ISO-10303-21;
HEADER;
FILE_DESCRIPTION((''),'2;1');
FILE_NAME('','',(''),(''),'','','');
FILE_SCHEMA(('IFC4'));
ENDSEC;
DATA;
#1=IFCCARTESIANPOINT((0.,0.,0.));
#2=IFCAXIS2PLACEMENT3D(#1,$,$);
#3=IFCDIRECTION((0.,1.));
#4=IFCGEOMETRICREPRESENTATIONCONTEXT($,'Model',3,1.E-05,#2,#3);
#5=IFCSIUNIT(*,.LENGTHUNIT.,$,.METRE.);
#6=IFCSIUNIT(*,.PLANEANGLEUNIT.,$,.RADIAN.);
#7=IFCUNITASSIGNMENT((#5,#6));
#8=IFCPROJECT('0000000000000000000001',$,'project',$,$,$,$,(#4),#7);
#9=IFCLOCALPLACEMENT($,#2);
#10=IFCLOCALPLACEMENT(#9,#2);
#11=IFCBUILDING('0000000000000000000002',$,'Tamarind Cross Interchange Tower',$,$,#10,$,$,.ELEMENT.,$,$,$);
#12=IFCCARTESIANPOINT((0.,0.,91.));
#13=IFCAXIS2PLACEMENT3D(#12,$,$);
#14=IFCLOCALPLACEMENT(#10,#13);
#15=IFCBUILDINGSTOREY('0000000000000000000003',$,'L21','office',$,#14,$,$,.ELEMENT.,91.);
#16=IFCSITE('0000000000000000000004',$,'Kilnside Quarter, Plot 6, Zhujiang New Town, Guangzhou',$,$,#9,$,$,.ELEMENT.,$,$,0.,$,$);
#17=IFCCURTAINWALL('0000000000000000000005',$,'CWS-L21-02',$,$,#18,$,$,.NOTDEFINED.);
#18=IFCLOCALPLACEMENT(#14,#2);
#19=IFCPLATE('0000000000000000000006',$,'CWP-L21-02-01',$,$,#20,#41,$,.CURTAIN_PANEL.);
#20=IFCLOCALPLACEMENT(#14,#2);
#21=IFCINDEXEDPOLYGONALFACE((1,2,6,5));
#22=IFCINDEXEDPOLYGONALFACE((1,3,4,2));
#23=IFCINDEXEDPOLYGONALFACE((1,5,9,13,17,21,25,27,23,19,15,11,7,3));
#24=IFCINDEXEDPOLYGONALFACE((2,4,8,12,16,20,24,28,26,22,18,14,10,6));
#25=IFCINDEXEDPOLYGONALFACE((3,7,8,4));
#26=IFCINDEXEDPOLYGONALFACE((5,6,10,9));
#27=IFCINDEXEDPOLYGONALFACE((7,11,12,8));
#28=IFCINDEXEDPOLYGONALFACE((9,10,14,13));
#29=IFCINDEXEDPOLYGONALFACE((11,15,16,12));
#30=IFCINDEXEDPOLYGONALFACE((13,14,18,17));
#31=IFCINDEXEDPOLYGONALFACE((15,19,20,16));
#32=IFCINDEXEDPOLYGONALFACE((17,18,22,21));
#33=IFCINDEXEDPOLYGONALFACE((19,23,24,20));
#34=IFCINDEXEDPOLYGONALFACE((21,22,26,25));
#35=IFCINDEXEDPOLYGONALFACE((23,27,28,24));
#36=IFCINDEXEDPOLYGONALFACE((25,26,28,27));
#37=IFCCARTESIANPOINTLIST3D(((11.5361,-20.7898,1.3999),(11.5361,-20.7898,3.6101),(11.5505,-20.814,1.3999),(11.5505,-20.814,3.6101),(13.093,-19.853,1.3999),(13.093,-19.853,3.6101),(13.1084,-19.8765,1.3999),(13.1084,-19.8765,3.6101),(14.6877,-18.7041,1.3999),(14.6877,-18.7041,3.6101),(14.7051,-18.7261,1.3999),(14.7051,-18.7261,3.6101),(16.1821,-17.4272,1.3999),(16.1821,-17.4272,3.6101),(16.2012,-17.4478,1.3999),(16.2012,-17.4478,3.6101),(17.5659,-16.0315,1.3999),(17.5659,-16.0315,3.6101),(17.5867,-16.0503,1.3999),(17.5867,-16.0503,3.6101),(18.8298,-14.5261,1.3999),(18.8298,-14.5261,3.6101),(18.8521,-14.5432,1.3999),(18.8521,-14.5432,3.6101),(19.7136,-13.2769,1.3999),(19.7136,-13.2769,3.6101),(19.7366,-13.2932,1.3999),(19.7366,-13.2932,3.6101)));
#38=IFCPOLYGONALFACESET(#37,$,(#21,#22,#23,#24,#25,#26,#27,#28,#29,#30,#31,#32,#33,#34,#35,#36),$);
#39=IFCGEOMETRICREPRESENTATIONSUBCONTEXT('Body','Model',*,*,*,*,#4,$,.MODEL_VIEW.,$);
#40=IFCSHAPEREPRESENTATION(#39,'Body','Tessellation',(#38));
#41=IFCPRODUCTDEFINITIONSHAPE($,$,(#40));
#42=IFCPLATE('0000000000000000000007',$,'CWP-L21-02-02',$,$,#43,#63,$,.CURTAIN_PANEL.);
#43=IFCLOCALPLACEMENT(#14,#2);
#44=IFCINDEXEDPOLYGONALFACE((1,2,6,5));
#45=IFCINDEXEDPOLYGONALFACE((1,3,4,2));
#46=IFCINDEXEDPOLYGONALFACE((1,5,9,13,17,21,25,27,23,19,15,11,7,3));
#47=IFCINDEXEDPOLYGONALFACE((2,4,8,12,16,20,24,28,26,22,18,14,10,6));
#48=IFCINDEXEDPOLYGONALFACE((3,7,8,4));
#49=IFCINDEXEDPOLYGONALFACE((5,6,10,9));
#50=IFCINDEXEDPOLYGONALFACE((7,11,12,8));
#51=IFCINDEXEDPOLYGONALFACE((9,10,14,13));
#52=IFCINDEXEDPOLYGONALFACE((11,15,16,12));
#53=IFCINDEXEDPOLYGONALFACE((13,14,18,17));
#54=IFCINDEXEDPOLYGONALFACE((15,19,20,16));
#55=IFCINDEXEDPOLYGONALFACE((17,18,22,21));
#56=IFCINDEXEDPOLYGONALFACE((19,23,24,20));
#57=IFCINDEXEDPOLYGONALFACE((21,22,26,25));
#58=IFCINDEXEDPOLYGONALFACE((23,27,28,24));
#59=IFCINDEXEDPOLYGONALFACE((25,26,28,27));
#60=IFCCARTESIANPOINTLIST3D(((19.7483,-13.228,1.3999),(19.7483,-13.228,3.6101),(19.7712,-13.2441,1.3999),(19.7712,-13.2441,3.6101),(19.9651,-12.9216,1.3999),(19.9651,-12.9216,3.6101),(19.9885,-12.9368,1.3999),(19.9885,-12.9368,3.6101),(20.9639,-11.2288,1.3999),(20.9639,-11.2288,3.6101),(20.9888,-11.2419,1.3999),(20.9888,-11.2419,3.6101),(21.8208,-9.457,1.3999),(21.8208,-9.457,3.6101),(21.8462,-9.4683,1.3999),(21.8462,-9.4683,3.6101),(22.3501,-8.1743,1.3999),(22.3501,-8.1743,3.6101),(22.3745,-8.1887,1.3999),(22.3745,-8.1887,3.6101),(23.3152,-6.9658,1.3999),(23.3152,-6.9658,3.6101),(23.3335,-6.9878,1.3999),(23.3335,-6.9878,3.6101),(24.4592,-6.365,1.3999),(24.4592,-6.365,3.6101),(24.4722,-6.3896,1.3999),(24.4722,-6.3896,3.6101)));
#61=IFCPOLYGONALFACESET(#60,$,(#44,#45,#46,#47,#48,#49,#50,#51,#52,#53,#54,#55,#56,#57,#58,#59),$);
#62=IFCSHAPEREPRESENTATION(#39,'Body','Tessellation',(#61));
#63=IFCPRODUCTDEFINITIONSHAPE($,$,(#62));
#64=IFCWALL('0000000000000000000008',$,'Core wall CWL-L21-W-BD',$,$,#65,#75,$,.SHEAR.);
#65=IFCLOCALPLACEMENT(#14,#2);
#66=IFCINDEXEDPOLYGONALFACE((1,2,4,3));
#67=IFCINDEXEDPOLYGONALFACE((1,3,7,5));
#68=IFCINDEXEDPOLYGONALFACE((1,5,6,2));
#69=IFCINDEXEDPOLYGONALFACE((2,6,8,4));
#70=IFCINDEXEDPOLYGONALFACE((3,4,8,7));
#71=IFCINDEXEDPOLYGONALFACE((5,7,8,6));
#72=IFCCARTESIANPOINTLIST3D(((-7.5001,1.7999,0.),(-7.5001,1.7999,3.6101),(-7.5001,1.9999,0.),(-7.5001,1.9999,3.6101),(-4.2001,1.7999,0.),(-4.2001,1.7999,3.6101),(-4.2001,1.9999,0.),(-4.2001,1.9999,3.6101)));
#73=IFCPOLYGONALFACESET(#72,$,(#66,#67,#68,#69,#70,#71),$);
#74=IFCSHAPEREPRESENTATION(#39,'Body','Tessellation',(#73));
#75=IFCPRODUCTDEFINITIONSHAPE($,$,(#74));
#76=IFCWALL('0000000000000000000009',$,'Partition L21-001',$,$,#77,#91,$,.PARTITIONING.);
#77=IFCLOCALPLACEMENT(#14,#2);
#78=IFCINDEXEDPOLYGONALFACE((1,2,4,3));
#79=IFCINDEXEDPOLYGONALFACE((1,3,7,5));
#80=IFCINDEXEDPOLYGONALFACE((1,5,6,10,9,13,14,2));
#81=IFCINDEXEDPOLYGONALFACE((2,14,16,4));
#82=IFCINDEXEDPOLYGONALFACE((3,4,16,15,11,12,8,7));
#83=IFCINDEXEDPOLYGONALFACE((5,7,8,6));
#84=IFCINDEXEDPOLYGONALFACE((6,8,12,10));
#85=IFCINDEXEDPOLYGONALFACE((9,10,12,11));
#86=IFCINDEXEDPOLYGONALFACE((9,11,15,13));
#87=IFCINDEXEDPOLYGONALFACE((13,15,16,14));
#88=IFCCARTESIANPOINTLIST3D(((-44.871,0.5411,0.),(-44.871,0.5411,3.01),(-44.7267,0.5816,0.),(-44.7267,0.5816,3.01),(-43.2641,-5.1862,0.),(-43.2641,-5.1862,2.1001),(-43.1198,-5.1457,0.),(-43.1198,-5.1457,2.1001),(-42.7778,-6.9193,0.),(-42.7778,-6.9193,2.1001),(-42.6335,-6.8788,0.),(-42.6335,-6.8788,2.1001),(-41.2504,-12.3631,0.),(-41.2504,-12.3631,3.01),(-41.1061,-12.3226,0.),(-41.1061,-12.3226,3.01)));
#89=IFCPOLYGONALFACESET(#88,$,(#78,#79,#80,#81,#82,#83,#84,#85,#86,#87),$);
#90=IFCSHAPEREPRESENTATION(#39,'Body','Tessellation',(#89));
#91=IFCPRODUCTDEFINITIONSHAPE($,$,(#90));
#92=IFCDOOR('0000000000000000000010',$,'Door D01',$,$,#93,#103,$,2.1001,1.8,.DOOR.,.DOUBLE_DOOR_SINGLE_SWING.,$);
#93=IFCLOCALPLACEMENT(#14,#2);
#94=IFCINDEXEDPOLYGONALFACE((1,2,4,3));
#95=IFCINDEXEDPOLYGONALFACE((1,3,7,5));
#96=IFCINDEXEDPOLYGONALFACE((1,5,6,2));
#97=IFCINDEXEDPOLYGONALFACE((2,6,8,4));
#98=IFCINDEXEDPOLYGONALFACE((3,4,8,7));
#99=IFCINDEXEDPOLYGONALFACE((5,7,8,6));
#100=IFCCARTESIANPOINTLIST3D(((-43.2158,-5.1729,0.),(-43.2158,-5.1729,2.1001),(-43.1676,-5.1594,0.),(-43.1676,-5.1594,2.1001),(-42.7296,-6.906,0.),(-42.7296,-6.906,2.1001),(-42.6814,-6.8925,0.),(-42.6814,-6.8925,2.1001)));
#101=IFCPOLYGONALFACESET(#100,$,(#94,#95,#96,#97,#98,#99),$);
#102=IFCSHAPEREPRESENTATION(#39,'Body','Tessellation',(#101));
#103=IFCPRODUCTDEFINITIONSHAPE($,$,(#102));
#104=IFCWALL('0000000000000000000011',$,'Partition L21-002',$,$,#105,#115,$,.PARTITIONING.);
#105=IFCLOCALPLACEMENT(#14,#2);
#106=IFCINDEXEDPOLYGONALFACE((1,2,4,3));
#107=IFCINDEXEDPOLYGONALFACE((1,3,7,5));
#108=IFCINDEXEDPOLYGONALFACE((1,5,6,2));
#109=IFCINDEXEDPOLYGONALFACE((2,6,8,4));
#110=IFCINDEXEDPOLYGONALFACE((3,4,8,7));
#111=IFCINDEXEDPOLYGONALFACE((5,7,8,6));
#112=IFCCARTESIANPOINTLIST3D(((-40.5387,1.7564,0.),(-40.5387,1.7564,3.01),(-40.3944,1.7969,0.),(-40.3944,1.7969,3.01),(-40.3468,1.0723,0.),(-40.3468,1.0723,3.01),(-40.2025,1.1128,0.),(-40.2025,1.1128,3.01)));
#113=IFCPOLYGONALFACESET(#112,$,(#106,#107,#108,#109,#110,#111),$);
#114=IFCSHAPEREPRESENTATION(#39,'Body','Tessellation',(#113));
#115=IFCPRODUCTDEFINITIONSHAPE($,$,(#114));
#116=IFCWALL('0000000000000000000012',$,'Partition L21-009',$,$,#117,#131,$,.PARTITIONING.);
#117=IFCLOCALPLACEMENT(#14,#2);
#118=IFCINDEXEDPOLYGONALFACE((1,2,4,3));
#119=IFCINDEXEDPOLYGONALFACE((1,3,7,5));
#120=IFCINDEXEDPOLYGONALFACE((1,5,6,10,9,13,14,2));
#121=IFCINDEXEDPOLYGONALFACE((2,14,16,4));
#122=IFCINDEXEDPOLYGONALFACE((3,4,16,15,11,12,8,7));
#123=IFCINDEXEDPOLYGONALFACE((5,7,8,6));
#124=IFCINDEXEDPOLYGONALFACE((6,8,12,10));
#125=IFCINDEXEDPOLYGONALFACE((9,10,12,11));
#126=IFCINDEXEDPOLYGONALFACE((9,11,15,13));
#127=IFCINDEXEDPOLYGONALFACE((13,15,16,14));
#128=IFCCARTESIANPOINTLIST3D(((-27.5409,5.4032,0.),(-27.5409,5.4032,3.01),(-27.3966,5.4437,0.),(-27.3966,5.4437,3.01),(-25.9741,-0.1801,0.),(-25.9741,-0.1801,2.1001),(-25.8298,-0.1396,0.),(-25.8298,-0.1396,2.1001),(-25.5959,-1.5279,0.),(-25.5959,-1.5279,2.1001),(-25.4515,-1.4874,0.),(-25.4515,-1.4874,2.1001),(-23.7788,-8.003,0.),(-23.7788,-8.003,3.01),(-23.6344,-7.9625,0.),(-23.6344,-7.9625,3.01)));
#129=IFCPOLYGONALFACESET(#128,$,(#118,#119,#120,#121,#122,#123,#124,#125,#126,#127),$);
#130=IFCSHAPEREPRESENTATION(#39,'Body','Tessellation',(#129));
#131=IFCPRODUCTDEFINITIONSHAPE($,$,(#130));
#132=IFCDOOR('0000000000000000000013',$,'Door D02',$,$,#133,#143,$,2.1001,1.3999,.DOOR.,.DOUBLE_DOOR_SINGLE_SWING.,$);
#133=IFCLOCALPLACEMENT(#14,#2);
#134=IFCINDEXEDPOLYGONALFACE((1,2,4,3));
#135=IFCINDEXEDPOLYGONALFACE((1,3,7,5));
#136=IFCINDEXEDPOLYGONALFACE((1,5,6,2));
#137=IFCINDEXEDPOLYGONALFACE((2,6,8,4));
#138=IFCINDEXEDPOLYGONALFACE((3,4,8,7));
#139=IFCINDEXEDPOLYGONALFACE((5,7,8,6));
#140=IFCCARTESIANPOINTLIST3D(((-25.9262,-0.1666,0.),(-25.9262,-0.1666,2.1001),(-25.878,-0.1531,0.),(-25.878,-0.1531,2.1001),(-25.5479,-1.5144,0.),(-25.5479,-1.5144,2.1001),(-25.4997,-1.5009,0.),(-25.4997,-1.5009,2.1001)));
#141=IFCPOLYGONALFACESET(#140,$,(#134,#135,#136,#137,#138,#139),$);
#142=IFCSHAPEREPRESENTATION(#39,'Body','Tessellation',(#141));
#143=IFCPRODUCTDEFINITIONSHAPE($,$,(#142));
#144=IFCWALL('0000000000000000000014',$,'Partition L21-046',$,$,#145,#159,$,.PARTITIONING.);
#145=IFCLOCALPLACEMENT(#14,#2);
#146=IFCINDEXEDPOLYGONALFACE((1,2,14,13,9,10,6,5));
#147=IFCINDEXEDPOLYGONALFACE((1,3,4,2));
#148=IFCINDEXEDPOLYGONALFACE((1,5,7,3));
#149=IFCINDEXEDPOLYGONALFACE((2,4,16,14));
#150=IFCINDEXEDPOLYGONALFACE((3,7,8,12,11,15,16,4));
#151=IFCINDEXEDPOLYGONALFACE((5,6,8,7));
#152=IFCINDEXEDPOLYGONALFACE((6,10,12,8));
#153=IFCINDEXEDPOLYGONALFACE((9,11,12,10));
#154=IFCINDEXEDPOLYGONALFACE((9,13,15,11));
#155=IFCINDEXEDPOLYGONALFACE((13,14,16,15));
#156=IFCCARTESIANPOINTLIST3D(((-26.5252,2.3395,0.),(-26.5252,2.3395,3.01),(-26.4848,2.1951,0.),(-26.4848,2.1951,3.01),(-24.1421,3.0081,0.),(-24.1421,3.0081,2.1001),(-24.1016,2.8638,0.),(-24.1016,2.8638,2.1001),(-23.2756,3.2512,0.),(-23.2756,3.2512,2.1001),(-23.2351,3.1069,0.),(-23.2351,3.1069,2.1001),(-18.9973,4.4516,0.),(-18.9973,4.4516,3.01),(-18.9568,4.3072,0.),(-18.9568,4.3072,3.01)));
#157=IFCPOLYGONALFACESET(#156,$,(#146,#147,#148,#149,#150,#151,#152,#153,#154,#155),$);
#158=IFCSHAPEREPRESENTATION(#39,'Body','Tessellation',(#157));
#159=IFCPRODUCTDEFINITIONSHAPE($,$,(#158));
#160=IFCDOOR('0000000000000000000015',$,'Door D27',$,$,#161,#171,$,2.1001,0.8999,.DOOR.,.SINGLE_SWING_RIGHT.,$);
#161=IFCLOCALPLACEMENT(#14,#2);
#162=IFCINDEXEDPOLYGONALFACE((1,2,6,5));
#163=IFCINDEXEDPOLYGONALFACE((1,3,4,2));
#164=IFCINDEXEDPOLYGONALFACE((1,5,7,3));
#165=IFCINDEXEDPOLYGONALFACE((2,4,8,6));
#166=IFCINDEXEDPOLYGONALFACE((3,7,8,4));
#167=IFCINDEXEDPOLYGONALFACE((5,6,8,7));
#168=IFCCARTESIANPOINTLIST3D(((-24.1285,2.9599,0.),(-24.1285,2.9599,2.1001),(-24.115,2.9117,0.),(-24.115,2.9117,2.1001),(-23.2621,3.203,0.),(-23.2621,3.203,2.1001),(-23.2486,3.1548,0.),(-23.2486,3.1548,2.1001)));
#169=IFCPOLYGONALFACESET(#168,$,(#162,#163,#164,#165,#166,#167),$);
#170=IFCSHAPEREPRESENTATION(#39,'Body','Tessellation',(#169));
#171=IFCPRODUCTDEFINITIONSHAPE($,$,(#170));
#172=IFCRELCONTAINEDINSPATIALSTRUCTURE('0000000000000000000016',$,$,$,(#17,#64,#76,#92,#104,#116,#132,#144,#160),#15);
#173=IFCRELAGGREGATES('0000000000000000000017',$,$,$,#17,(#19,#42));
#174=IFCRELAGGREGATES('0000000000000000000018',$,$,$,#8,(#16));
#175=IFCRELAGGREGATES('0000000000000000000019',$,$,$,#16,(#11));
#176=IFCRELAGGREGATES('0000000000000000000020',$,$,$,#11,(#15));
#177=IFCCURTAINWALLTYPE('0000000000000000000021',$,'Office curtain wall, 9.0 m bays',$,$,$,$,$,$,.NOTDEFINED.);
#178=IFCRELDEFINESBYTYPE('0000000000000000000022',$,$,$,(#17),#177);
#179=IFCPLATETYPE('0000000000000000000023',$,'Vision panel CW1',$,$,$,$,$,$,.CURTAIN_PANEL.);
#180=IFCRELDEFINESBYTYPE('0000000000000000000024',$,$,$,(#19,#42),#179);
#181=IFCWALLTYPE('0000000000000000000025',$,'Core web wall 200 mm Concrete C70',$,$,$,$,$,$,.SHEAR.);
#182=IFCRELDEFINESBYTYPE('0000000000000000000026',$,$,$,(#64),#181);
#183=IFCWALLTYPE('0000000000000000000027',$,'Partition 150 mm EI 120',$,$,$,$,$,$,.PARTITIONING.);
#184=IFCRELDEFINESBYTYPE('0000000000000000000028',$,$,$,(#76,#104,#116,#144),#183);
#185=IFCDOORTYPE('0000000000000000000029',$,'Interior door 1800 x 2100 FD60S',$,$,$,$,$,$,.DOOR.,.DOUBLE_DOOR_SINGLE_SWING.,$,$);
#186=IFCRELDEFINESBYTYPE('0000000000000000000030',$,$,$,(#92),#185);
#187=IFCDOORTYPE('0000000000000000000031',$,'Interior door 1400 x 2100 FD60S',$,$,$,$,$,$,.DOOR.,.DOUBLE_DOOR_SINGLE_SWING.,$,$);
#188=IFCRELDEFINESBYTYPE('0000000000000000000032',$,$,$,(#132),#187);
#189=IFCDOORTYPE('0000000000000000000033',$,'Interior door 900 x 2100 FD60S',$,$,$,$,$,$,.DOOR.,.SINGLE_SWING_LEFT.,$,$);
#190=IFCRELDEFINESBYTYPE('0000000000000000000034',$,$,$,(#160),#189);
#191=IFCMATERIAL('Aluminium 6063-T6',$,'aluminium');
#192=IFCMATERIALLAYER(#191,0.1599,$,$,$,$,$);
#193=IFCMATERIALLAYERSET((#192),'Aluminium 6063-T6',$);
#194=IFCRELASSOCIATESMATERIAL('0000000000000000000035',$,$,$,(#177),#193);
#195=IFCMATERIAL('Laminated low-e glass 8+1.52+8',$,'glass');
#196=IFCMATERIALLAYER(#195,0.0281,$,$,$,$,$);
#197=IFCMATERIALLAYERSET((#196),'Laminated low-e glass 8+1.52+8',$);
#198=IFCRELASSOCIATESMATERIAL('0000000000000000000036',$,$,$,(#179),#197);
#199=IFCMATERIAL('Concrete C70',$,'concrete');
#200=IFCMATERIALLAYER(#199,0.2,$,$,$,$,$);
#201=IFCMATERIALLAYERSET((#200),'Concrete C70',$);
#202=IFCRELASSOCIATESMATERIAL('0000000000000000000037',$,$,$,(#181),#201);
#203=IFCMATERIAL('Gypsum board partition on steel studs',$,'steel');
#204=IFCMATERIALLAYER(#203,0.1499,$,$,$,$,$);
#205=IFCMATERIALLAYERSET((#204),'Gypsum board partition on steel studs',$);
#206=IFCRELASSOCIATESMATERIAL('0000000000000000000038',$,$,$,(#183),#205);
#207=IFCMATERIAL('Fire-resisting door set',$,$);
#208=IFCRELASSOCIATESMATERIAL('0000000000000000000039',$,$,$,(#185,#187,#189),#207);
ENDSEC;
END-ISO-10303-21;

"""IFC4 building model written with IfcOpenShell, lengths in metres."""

from ifc_helpers import new_model, si_unit, direction, frame, frame_2d, origin, place, context, subcontext, project, spatial, polyline, rectangle, outline, extrude, material, layer, layer_set, type_object, element, fill, aggregate, save


model = new_model("IFC4")

# Units and contexts
model_context = context("Model", 3, precision=1e-05, world=origin(), true_north=direction((0.0, 1.0)))
body_context = subcontext(model_context, "Body", "Model", "MODEL_VIEW")
ifc_project = project(units=[si_unit("LENGTHUNIT", "METRE"), si_unit("PLANEANGLEUNIT", "RADIAN")], contexts=[model_context])

# Site, building, storey
site_placement = place(None, origin())
site = spatial("IfcSite", under=ifc_project, at=site_placement, Name="Kilnside Quarter, Plot 6, Zhujiang New Town, Guangzhou", CompositionType="ELEMENT", RefElevation=0.0)
building_placement = place(site_placement, origin())
building = spatial("IfcBuilding", under=site, at=building_placement, Name="Tamarind Cross Interchange Tower", CompositionType="ELEMENT")
storey_placement = place(building_placement, frame((0.0, 0.0, 91.0)))
storey = spatial("IfcBuildingStorey", under=building, at=storey_placement, Name="L21", Description="office", CompositionType="ELEMENT", Elevation=91.0)

# Shared definitions
ifc_material_1 = material(Name="Aluminium 6063-T6", Category="aluminium")
ifc_layer_1 = layer(ifc_material_1, 0.1599)
ifc_layer_set_1 = layer_set([ifc_layer_1], Name="Aluminium 6063-T6")
curtain_wall_type = type_object("IfcCurtainWallType", Name="Office curtain wall, 9.0 m bays", PredefinedType="NOTDEFINED", material=ifc_layer_set_1)

# Curtain wall, plates
curtain_wall_1_placement = place(storey_placement, origin())
curtain_wall_1 = element("IfcCurtainWall", 1, at=curtain_wall_1_placement, inside=storey, type_object=curtain_wall_type, Name="CWS-L21-02", PredefinedType="NOTDEFINED")
ifc_material_2 = material(Name="Laminated low-e glass 8+1.52+8", Category="glass")
ifc_layer_2 = layer(ifc_material_2, 0.0281)
ifc_layer_set_2 = layer_set([ifc_layer_2], Name="Laminated low-e glass 8+1.52+8")
plate_type = type_object("IfcPlateType", Name="Vision panel CW1", PredefinedType="CURTAIN_PANEL", material=ifc_layer_set_2)
plate_1_placement = place(storey_placement, frame((0.0, 0.0, 1.3999)))
plate_1 = element("IfcPlate", 2, at=plate_1_placement, type_object=plate_type, Name="CWP-L21-02-01", PredefinedType="CURTAIN_PANEL", context=body_context, shape_type="SweptSolid", body=[
    extrude(outline(polyline([(11.5361, -20.7898), (13.093, -19.853), (14.6877, -18.7041), (16.1821, -17.4272), (17.5659, -16.0315), (18.8298, -14.5261), (19.7136, -13.2769), (19.7366, -13.2932), (18.8521, -14.5432), (17.5867, -16.0503), (16.2012, -17.4478), (14.7051, -18.7261), (13.1084, -19.8765), (11.5505, -20.814), (11.5361, -20.7898)])), origin(), (0.0, 0.0, 1.0), 2.2102),
])
plate_2_placement = place(storey_placement, frame((0.0, 0.0, 1.3999)))
plate_2 = element("IfcPlate", 3, at=plate_2_placement, type_object=plate_type, Name="CWP-L21-02-02", PredefinedType="CURTAIN_PANEL", context=body_context, shape_type="SweptSolid", body=[
    extrude(outline(polyline([(19.7483, -13.228), (19.9651, -12.9216), (20.9639, -11.2288), (21.8208, -9.457), (22.3501, -8.1743), (23.3152, -6.9658), (24.4592, -6.365), (24.4722, -6.3896), (23.3335, -6.9878), (22.3745, -8.1887), (21.8462, -9.4683), (20.9888, -11.2419), (19.9885, -12.9368), (19.7712, -13.2441), (19.7483, -13.228)])), origin(), (0.0, 0.0, 1.0), 2.2102),
])
aggregate(curtain_wall_1, [plate_1, plate_2])

# Wall
ifc_material_3 = material(Name="Concrete C70", Category="concrete")
ifc_layer_3 = layer(ifc_material_3, 0.2)
ifc_layer_set_3 = layer_set([ifc_layer_3], Name="Concrete C70")
wall_type_1 = type_object("IfcWallType", Name="Core web wall 200 mm Concrete C70", PredefinedType="SHEAR", material=ifc_layer_set_3)
wall_1_placement = place(storey_placement, frame((-7.5, 1.8999, 0.0), z_axis=(0.0, 0.0, 1.0), x_axis=(1.0, 0.0, 0.0)))
element("IfcWall", 4, at=wall_1_placement, inside=storey, type_object=wall_type_1, Name="Core wall CWL-L21-W-BD", PredefinedType="SHEAR", context=body_context, shape_type="SweptSolid", body=[
    extrude(rectangle(XDim=3.3, YDim=0.2, at=frame_2d((1.6499, 0.0))), origin(), (0.0, 0.0, 1.0), 3.6101),
])

# Wall, opening, door
ifc_material_4 = material(Name="Gypsum board partition on steel studs", Category="steel")
ifc_layer_4 = layer(ifc_material_4, 0.1499)
ifc_layer_set_4 = layer_set([ifc_layer_4], Name="Gypsum board partition on steel studs")
wall_type_2 = type_object("IfcWallType", Name="Partition 150 mm EI 120", PredefinedType="PARTITIONING", material=ifc_layer_set_4)
wall_2_placement = place(storey_placement, frame((-44.7988, 0.5613, 0.0), z_axis=(0.0, 0.0, 1.0), x_axis=(0.270142, -0.96282, 0.0)))
wall_2 = element("IfcWall", 5, at=wall_2_placement, inside=storey, type_object=wall_type_2, Name="Partition L21-001", PredefinedType="PARTITIONING", context=body_context, shape_type="SweptSolid", body=[
    extrude(rectangle(XDim=13.4026, YDim=0.1499, at=frame_2d((6.7012, 0.0))), origin(), (0.0, 0.0, 1.0), 3.01),
])
opening_1_placement = place(wall_2_placement, frame((5.9485, 0.0, 0.0)))
opening_1 = element("IfcOpeningElement", 6, at=opening_1_placement, cuts=wall_2, PredefinedType="OPENING", context=body_context, shape_type="SweptSolid", body=[
    extrude(rectangle(XDim=1.8, YDim=2.1001, at=frame_2d((0.8999, 1.05))), frame((0.0, 0.085, 0.0), z_axis=(0.0, -1.0, 0.0), x_axis=(1.0, 0.0, 0.0)), (0.0, 0.0, 1.0), 0.1699),
])
ifc_material_5 = material(Name="Fire-resisting door set")
door_type_1 = type_object("IfcDoorType", Name="Interior door 1800 x 2100 FD60S", OperationType="DOUBLE_DOOR_SINGLE_SWING", PredefinedType="DOOR", material=ifc_material_5)
door_1_placement = place(opening_1_placement, frame((1.8, 0.0, 0.0), z_axis=(0.0, 0.0, 1.0), x_axis=(-1.0, 0.0, 0.0)))
door_1 = element("IfcDoor", 7, at=door_1_placement, inside=storey, type_object=door_type_1, Name="Door D01", OperationType="DOUBLE_DOOR_SINGLE_SWING", OverallHeight=2.1001, OverallWidth=1.8, PredefinedType="DOOR", context=body_context, shape_type="SweptSolid", body=[
    extrude(rectangle(XDim=1.8, YDim=2.1001, at=frame_2d((0.8999, 1.05))), frame((0.0, 0.0249, 0.0), z_axis=(0.0, -1.0, 0.0), x_axis=(1.0, 0.0, 0.0)), (0.0, 0.0, 1.0), 0.05),
])
fill(opening_1, door_1)

# Wall
wall_3_placement = place(storey_placement, frame((-40.4666, 1.7766, 0.0), z_axis=(0.0, 0.0, 1.0), x_axis=(0.270089, -0.962835, 0.0)))
element("IfcWall", 8, at=wall_3_placement, inside=storey, type_object=wall_type_2, Name="Partition L21-002", PredefinedType="PARTITIONING", context=body_context, shape_type="SweptSolid", body=[
    extrude(rectangle(XDim=0.7104, YDim=0.1499, at=frame_2d((0.3552, 0.0))), origin(), (0.0, 0.0, 1.0), 3.01),
])

# Walls, openings, doors
wall_4_placement = place(storey_placement, frame((-27.4688, 5.4233, 0.0), z_axis=(0.0, 0.0, 1.0), x_axis=(0.270193, -0.962806, 0.0)))
wall_4 = element("IfcWall", 9, at=wall_4_placement, inside=storey, type_object=wall_type_2, Name="Partition L21-009", PredefinedType="PARTITIONING", context=body_context, shape_type="SweptSolid", body=[
    extrude(rectangle(XDim=13.9241, YDim=0.1499, at=frame_2d((6.9619, 0.0))), origin(), (0.0, 0.0, 1.0), 3.01),
])
opening_2_placement = place(wall_4_placement, frame((5.7988, 0.0, 0.0)))
opening_2 = element("IfcOpeningElement", 10, at=opening_2_placement, cuts=wall_4, PredefinedType="OPENING", context=body_context, shape_type="SweptSolid", body=[
    extrude(rectangle(XDim=1.3999, YDim=2.1001, at=frame_2d((0.7, 1.05))), frame((0.0, 0.085, 0.0), z_axis=(0.0, -1.0, 0.0), x_axis=(1.0, 0.0, 0.0)), (0.0, 0.0, 1.0), 0.1699),
])
door_type_2 = type_object("IfcDoorType", Name="Interior door 1400 x 2100 FD60S", OperationType="DOUBLE_DOOR_SINGLE_SWING", PredefinedType="DOOR", material=ifc_material_5)
door_2_placement = place(opening_2_placement, origin())
door_2 = element("IfcDoor", 11, at=door_2_placement, inside=storey, type_object=door_type_2, Name="Door D02", OperationType="DOUBLE_DOOR_SINGLE_SWING", OverallHeight=2.1001, OverallWidth=1.3999, PredefinedType="DOOR", context=body_context, shape_type="SweptSolid", body=[
    extrude(rectangle(XDim=1.3999, YDim=2.1001, at=frame_2d((0.7, 1.05))), frame((0.0, 0.0249, 0.0), z_axis=(0.0, -1.0, 0.0), x_axis=(1.0, 0.0, 0.0)), (0.0, 0.0, 1.0), 0.05),
])
fill(opening_2, door_2)
wall_5_placement = place(storey_placement, frame((-26.5049, 2.2673, 0.0), z_axis=(0.0, 0.0, 1.0), x_axis=(0.962822, 0.270136, 0.0)))
wall_5 = element("IfcWall", 12, at=wall_5_placement, inside=storey, type_object=wall_type_2, Name="Partition L21-046", PredefinedType="PARTITIONING", context=body_context, shape_type="SweptSolid", body=[
    extrude(rectangle(XDim=7.8186, YDim=0.1499, at=frame_2d((3.9092, 0.0))), origin(), (0.0, 0.0, 1.0), 3.01),
])
opening_3_placement = place(wall_5_placement, frame((2.4751, 0.0, 0.0)))
opening_3 = element("IfcOpeningElement", 13, at=opening_3_placement, cuts=wall_5, PredefinedType="OPENING", context=body_context, shape_type="SweptSolid", body=[
    extrude(rectangle(XDim=0.8999, YDim=2.1001, at=frame_2d((0.45, 1.05))), frame((0.0, 0.085, 0.0), z_axis=(0.0, -1.0, 0.0), x_axis=(1.0, 0.0, 0.0)), (0.0, 0.0, 1.0), 0.1699),
])
door_type_3 = type_object("IfcDoorType", Name="Interior door 900 x 2100 FD60S", OperationType="SINGLE_SWING_LEFT", PredefinedType="DOOR", material=ifc_material_5)
door_3_placement = place(opening_3_placement, origin())
door_3 = element("IfcDoor", 14, at=door_3_placement, inside=storey, type_object=door_type_3, Name="Door D27", OperationType="SINGLE_SWING_RIGHT", OverallHeight=2.1001, OverallWidth=0.8999, PredefinedType="DOOR", context=body_context, shape_type="SweptSolid", body=[
    extrude(rectangle(XDim=0.8999, YDim=2.1001, at=frame_2d((0.45, 1.05))), frame((0.0, 0.0249, 0.0), z_axis=(0.0, -1.0, 0.0), x_axis=(1.0, 0.0, 0.0)), (0.0, 0.0, 1.0), 0.05),
])
fill(opening_3, door_3)

save(model, "model.ifc")
